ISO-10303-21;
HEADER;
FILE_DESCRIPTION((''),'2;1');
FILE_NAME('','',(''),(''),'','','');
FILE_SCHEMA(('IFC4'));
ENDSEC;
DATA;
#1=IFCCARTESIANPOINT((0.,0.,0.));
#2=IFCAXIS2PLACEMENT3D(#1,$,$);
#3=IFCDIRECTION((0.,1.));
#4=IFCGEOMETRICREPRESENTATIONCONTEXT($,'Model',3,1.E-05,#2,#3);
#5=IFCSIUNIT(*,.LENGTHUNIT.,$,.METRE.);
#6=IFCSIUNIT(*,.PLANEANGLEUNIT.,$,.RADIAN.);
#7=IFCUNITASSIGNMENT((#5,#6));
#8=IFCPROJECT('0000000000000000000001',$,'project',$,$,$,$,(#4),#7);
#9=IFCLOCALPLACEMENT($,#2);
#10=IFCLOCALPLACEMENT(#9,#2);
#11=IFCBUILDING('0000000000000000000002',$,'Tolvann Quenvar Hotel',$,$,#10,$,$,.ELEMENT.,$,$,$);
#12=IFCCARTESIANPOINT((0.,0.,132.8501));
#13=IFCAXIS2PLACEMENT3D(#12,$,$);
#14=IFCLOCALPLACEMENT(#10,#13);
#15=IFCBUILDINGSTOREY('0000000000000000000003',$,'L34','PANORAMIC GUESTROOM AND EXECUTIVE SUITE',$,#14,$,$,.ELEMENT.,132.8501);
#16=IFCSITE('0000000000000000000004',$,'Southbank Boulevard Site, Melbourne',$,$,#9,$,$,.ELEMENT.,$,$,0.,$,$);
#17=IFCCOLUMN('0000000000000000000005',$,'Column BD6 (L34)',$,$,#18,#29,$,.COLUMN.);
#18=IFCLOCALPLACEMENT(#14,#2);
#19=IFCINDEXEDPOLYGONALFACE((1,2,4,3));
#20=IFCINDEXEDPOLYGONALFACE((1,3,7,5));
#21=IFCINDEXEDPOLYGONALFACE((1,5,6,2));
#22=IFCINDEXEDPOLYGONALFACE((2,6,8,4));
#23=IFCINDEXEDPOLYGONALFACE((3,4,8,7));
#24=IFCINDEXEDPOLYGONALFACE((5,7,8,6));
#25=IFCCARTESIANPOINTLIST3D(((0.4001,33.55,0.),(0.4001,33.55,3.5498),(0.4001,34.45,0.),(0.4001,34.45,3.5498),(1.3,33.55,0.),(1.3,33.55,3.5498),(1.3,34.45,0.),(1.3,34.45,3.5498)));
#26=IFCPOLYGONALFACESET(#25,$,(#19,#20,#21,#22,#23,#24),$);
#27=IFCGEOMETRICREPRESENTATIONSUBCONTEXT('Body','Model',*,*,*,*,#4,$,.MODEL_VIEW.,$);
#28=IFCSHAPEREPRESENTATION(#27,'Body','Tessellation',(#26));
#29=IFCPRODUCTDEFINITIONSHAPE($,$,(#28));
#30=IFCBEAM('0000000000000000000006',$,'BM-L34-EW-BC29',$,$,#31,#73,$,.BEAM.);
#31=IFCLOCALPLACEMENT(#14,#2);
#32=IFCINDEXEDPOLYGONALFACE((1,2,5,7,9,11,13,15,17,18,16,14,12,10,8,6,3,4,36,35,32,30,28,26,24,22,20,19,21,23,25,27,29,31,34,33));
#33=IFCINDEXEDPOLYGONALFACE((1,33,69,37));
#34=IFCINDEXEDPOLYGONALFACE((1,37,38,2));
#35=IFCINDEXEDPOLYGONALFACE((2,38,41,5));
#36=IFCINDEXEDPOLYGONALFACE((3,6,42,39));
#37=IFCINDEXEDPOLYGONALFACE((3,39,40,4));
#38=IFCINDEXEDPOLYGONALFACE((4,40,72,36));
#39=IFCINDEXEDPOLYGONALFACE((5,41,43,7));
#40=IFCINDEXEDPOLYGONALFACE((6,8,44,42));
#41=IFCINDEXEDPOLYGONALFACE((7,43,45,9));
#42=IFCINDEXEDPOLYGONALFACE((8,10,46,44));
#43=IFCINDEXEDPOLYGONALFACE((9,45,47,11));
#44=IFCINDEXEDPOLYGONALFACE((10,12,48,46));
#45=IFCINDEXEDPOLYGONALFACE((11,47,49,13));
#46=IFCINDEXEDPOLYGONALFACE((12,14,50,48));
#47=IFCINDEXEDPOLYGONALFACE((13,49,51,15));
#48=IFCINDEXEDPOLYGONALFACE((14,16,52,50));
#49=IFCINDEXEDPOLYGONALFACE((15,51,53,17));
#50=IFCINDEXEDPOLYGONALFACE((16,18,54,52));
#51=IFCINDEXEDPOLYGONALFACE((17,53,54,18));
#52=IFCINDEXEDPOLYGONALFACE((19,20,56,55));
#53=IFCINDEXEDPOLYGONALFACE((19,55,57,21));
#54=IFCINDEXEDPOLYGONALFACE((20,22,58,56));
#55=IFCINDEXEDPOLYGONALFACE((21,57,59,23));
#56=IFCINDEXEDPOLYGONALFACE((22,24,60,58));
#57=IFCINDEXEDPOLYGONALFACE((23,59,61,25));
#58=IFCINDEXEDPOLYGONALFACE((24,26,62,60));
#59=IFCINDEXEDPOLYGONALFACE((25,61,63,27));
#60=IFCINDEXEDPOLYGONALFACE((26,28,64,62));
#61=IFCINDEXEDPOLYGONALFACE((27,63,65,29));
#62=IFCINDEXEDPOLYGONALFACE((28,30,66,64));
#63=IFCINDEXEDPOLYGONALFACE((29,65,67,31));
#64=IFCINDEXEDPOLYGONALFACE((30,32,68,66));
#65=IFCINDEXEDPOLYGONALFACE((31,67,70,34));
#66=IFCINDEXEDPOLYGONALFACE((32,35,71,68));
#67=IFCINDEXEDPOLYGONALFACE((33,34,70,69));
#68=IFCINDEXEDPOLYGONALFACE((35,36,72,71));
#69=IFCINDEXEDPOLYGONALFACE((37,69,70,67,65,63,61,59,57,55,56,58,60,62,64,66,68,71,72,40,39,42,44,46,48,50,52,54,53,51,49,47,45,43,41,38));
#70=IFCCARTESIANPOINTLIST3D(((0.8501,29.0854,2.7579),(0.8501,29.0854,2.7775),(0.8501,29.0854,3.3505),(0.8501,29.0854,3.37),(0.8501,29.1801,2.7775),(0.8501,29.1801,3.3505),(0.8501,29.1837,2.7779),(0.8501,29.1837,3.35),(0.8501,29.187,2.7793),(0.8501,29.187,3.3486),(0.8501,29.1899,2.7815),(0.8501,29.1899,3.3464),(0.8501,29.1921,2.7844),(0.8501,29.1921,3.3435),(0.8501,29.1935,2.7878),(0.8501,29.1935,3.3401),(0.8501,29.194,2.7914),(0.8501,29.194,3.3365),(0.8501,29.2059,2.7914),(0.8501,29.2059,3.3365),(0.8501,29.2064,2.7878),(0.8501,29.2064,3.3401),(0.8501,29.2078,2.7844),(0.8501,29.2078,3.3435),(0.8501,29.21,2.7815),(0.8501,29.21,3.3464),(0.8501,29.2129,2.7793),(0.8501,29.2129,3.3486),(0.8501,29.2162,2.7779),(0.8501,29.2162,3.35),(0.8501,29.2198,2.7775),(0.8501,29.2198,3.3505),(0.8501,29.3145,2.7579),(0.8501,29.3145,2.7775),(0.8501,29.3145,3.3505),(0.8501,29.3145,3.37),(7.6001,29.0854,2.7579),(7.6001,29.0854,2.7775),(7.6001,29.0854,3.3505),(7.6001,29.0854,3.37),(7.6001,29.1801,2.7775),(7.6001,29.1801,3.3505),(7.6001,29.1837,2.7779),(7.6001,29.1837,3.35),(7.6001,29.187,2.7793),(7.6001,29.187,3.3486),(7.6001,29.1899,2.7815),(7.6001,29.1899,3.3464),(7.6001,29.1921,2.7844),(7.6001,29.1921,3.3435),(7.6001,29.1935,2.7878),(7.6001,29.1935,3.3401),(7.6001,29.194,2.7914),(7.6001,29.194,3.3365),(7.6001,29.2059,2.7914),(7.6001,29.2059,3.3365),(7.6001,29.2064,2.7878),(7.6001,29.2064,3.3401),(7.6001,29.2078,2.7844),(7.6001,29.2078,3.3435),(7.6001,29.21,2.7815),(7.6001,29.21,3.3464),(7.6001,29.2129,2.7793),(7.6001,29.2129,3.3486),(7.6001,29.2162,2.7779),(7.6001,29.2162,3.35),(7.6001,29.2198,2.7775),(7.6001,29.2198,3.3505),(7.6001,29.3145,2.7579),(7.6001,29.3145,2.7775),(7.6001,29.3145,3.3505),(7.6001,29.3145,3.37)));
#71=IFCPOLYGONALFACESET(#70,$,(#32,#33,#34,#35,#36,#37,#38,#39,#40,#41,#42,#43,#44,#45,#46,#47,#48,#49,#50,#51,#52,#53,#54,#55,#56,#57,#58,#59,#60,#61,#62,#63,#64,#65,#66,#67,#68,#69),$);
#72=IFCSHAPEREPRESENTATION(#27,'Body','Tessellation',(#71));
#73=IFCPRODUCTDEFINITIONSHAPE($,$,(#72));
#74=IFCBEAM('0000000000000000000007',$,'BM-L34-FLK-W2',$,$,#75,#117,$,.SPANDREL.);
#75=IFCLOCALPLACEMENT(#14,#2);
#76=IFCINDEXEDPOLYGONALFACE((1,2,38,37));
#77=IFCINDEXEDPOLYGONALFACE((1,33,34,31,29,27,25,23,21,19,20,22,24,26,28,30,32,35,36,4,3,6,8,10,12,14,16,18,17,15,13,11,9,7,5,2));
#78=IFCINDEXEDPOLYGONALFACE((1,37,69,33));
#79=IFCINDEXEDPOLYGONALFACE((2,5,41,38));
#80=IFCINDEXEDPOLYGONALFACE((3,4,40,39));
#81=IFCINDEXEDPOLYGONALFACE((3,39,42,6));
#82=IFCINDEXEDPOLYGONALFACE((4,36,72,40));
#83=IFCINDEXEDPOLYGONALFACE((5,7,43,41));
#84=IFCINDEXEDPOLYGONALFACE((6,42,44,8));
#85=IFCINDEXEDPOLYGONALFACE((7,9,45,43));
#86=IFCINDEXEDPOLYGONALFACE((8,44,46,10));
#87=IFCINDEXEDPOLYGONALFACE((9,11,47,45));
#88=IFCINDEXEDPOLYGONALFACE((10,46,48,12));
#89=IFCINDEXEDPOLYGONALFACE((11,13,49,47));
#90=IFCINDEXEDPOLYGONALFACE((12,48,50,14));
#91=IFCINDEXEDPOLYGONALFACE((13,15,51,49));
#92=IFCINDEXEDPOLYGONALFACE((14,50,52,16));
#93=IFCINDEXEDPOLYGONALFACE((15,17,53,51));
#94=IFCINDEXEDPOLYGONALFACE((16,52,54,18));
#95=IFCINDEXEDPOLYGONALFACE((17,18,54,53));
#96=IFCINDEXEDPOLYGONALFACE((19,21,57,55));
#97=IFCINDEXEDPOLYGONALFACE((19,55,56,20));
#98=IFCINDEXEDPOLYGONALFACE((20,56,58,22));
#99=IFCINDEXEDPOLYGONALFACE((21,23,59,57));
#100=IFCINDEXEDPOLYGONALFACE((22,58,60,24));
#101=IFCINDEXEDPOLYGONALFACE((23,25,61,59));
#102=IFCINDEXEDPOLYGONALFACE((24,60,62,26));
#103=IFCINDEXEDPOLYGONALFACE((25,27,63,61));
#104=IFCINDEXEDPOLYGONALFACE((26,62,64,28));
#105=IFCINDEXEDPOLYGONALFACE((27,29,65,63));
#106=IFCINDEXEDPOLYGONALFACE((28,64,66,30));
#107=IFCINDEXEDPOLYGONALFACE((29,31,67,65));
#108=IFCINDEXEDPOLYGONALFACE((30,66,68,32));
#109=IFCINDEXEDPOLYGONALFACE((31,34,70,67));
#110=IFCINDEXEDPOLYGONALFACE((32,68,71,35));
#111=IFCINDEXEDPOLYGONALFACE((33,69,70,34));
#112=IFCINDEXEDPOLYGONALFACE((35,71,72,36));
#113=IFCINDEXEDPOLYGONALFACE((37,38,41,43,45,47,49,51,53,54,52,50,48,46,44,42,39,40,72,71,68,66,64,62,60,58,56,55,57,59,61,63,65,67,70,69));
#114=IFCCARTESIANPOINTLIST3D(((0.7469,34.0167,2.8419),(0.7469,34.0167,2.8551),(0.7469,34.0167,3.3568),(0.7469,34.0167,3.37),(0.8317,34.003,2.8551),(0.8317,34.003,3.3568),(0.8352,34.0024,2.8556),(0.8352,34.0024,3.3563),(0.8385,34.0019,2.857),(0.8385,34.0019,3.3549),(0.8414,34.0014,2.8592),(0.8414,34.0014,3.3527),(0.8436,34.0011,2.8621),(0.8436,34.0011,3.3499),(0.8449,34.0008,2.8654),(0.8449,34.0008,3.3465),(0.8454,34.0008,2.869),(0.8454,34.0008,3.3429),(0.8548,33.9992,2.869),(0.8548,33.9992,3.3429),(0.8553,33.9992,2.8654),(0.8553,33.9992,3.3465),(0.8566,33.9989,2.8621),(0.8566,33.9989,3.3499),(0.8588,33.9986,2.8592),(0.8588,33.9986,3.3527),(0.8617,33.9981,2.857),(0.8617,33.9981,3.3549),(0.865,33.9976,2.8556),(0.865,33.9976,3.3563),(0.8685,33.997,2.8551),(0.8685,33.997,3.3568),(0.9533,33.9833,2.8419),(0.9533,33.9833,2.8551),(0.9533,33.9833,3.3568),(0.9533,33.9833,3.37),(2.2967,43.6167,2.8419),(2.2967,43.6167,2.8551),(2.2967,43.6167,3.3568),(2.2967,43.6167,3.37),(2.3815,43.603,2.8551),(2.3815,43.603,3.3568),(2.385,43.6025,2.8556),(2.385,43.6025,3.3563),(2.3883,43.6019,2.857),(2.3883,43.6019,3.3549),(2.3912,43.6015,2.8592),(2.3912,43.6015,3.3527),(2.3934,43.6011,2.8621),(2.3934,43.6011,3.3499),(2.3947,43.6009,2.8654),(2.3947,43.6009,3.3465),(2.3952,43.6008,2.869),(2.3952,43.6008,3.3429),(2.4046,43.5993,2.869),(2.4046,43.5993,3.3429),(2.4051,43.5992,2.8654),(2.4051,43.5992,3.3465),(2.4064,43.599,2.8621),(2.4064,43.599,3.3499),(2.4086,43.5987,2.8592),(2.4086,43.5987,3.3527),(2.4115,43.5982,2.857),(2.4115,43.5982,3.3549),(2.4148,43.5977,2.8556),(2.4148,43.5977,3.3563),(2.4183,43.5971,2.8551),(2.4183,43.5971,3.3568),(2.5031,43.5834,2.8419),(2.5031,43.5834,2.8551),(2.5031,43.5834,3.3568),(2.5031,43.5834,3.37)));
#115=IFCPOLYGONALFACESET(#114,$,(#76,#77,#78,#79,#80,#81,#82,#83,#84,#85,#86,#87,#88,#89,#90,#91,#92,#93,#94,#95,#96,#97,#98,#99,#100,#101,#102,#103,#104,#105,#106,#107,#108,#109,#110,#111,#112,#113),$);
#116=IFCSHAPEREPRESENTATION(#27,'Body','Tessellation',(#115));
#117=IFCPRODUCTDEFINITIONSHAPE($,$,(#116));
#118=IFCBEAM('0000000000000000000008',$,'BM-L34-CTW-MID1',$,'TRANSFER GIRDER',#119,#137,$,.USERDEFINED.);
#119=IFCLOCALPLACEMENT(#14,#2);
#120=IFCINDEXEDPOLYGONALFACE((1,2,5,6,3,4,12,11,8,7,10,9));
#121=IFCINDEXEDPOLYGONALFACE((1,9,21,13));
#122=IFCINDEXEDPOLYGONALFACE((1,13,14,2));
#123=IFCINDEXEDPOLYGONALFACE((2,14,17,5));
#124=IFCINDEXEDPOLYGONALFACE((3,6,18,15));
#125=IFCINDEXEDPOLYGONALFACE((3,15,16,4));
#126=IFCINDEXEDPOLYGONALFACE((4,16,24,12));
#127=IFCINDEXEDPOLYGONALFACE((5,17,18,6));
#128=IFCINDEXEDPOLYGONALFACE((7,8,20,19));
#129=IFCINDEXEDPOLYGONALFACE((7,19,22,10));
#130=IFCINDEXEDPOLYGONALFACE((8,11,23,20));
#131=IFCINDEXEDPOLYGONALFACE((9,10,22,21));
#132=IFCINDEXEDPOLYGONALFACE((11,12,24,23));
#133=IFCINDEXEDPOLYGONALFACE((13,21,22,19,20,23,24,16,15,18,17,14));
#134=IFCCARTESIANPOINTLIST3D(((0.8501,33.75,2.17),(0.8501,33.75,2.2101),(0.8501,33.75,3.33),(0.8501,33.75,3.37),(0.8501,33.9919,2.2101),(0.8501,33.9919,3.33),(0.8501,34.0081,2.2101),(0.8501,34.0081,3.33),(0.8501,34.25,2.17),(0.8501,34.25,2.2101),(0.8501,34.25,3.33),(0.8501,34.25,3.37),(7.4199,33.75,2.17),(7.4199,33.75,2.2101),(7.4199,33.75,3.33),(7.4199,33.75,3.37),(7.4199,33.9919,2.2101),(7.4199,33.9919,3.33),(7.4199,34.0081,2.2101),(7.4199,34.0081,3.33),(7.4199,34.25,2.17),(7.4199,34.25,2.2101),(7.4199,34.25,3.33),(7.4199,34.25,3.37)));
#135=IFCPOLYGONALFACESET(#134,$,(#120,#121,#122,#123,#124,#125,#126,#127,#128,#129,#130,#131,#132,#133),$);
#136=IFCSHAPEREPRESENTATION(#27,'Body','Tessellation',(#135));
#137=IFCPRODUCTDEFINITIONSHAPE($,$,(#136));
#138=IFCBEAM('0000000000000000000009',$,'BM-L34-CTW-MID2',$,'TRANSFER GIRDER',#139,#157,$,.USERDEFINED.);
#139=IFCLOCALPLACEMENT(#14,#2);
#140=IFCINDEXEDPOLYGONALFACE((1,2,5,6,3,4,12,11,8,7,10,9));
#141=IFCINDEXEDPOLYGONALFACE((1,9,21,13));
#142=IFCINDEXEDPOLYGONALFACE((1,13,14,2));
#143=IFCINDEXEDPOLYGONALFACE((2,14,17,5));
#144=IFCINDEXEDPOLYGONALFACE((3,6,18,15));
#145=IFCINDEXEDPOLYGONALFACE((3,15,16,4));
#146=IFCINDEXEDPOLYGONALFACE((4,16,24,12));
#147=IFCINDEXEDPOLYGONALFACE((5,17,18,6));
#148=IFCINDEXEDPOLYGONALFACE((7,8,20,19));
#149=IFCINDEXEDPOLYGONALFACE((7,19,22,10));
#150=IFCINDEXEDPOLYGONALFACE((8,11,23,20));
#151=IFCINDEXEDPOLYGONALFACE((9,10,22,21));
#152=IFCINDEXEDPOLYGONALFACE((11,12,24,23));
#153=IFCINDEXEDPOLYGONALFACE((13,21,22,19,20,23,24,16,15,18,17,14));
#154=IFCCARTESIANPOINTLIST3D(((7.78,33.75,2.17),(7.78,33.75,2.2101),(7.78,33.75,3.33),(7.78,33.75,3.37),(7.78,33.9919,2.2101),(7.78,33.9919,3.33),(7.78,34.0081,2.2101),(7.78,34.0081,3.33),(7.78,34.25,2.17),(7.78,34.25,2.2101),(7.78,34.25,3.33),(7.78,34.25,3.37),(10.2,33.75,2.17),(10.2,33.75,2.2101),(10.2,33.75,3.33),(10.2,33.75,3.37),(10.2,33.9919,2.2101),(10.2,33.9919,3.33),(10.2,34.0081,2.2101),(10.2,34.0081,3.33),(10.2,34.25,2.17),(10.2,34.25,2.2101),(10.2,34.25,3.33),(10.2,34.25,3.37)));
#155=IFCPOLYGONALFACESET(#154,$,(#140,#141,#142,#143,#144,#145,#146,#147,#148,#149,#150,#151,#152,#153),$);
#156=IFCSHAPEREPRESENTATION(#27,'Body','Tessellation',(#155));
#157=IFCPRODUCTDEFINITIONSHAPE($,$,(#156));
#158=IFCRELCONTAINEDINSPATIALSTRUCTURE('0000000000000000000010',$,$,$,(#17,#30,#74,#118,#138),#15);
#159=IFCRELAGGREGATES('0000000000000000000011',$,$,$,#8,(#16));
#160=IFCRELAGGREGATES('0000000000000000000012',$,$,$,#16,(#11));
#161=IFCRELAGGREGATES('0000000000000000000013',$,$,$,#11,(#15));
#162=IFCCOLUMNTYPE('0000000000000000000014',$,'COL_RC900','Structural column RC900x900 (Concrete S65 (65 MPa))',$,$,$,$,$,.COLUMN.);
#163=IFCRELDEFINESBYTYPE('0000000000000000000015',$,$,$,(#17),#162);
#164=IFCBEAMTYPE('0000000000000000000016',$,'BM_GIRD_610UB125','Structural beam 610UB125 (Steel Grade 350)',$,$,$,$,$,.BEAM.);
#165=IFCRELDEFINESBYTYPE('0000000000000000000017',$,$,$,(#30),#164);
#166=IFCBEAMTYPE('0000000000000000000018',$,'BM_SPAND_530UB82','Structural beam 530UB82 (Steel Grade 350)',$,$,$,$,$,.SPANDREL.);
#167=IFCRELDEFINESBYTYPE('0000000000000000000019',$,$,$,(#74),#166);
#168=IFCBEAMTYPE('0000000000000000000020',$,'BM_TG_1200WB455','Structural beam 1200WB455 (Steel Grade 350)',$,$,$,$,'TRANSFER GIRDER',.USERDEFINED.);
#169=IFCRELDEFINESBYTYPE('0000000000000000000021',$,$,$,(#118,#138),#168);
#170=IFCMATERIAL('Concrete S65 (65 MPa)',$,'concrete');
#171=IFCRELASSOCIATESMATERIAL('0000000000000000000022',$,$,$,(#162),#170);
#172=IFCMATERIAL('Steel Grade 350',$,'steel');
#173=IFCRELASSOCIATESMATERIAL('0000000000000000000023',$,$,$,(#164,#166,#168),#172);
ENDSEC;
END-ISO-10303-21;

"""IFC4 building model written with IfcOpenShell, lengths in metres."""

from ifc_helpers import new_model, si_unit, direction, frame, origin, origin_2d, place, context, subcontext, project, spatial, rectangle, i_section, extrude, source, transform, mapped, material, material_profile, profile_set, type_object, type_shapes, element, save


model = new_model("IFC4")

# Units and contexts
model_context = context("Model", 3, precision=1e-05, world=origin(), true_north=direction((0.0, 1.0)))
body_context = subcontext(model_context, "Body", "Model", "MODEL_VIEW")
ifc_project = project(units=[si_unit("LENGTHUNIT", "METRE"), si_unit("PLANEANGLEUNIT", "RADIAN")], contexts=[model_context])

# Site, building, storey
site_placement = place(None, origin())
site = spatial("IfcSite", under=ifc_project, at=site_placement, Name="Southbank Boulevard Site, Melbourne", CompositionType="ELEMENT", RefElevation=0.0)
building_placement = place(site_placement, origin())
building = spatial("IfcBuilding", under=site, at=building_placement, Name="Tolvann Quenvar Hotel", CompositionType="ELEMENT")
storey_placement = place(building_placement, frame((0.0, 0.0, 132.8501)))
storey = spatial("IfcBuildingStorey", under=building, at=storey_placement, Name="L34", Description="PANORAMIC GUESTROOM AND EXECUTIVE SUITE", CompositionType="ELEMENT", Elevation=132.8501)

# Column
ifc_material_1 = material(Name="Concrete S65 (65 MPa)", Category="concrete")
ifc_material_profile_1 = material_profile(ifc_material_1, rectangle(XDim=0.8999, YDim=0.8999, at=origin_2d()), Name="RC900x900")
ifc_profile_set_1 = profile_set([ifc_material_profile_1], Name="Concrete S65 (65 MPa)")
column_type = type_object("IfcColumnType", Name="COL_RC900", Description="Structural column RC900x900 (Concrete S65 (65 MPa))", PredefinedType="COLUMN", material=ifc_profile_set_1)
shared_shape_1 = source(origin(), body_context, "Body", "SweptSolid", [
    extrude(rectangle(XDim=0.8999, YDim=0.8999, at=origin_2d()), origin(), (0.0, 0.0, 1.0), 3.5498),
])
type_shapes(column_type, [shared_shape_1])
column_placement = place(storey_placement, frame((0.8501, 34.0, 0.0), z_axis=(0.0, 0.0, 1.0), x_axis=(1.0, 0.0, 0.0)))
element("IfcColumn", 1, at=column_placement, inside=storey, type_object=column_type, Name="Column BD6 (L34)", PredefinedType="COLUMN", context=body_context, shape_type="MappedRepresentation", body=[
    mapped(shared_shape_1, transform((0.0, 0.0, 0.0), x_axis=(1.0, 0.0, 0.0), y_axis=(0.0, 1.0, 0.0), z_axis=(0.0, 0.0, 1.0), scale=1.0)),
])

# Beams
ifc_material_2 = material(Name="Steel Grade 350", Category="steel")
ifc_material_profile_2 = material_profile(ifc_material_2, i_section(OverallWidth=0.229, OverallDepth=0.6121, WebThickness=0.012, FlangeThickness=0.0195, FilletRadius=0.0139, at=origin_2d()), Name="610UB125")
ifc_profile_set_2 = profile_set([ifc_material_profile_2], Name="Steel Grade 350")
beam_type_1 = type_object("IfcBeamType", Name="BM_GIRD_610UB125", Description="Structural beam 610UB125 (Steel Grade 350)", PredefinedType="BEAM", material=ifc_profile_set_2)
shared_shape_2 = source(origin(), body_context, "Body", "SweptSolid", [
    extrude(i_section(OverallWidth=0.229, OverallDepth=0.6121, WebThickness=0.012, FlangeThickness=0.0195, FilletRadius=0.0139, at=origin_2d()), origin(), (0.0, 0.0, 1.0), 6.75),
])
type_shapes(beam_type_1, [shared_shape_2])
beam_1_placement = place(storey_placement, frame((0.8501, 29.2, 3.064), z_axis=(1.0, 0.0, 0.0), x_axis=(0.0, 1.0, 0.0)))
element("IfcBeam", 2, at=beam_1_placement, inside=storey, type_object=beam_type_1, Name="BM-L34-EW-BC29", PredefinedType="BEAM", context=body_context, shape_type="MappedRepresentation", body=[
    mapped(shared_shape_2, transform((0.0, 0.0, 0.0), x_axis=(1.0, 0.0, 0.0), y_axis=(0.0, 1.0, 0.0), z_axis=(0.0, 0.0, 1.0), scale=1.0)),
])
ifc_material_profile_3 = material_profile(ifc_material_2, i_section(OverallWidth=0.209, OverallDepth=0.5281, WebThickness=0.0095, FlangeThickness=0.0132, FilletRadius=0.0139, at=origin_2d()), Name="530UB82")
ifc_profile_set_3 = profile_set([ifc_material_profile_3], Name="Steel Grade 350")
beam_type_2 = type_object("IfcBeamType", Name="BM_SPAND_530UB82", Description="Structural beam 530UB82 (Steel Grade 350)", PredefinedType="SPANDREL", material=ifc_profile_set_3)
shared_shape_3 = source(origin(), body_context, "Body", "SweptSolid", [
    extrude(i_section(OverallWidth=0.209, OverallDepth=0.5281, WebThickness=0.0095, FlangeThickness=0.0132, FilletRadius=0.0139, at=origin_2d()), origin(), (0.0, 0.0, 1.0), 9.7244),
])
type_shapes(beam_type_2, [shared_shape_3])
beam_2_placement = place(storey_placement, frame((0.8501, 34.0, 3.106), z_axis=(0.159373, 0.987218, 0.0), x_axis=(-0.987218, 0.159373, 0.0)))
element("IfcBeam", 3, at=beam_2_placement, inside=storey, type_object=beam_type_2, Name="BM-L34-FLK-W2", PredefinedType="SPANDREL", context=body_context, shape_type="MappedRepresentation", body=[
    mapped(shared_shape_3, transform((0.0, 0.0, 0.0), x_axis=(1.0, 0.0, 0.0), y_axis=(0.0, 1.0, 0.0), z_axis=(0.0, 0.0, 1.0), scale=1.0)),
])
ifc_material_profile_4 = material_profile(ifc_material_2, i_section(OverallWidth=0.5, OverallDepth=1.2, WebThickness=0.0161, FlangeThickness=0.04, at=origin_2d()), Name="1200WB455")
ifc_profile_set_4 = profile_set([ifc_material_profile_4], Name="Steel Grade 350")
beam_type_3 = type_object("IfcBeamType", Name="BM_TG_1200WB455", Description="Structural beam 1200WB455 (Steel Grade 350)", ElementType="TRANSFER GIRDER", PredefinedType="USERDEFINED", material=ifc_profile_set_4)
shared_shape_4 = source(origin(), body_context, "Body", "SweptSolid", [
    extrude(i_section(OverallWidth=0.5, OverallDepth=1.2, WebThickness=0.0161, FlangeThickness=0.04, at=origin_2d()), origin(), (0.0, 0.0, 1.0), 6.5698),
])
beam_3_placement = place(storey_placement, frame((0.8501, 34.0, 2.77), z_axis=(1.0, 0.0, 0.0), x_axis=(0.0, 1.0, 0.0)))
element("IfcBeam", 4, at=beam_3_placement, inside=storey, type_object=beam_type_3, Name="BM-L34-CTW-MID1", ObjectType="TRANSFER GIRDER", PredefinedType="USERDEFINED", context=body_context, shape_type="MappedRepresentation", body=[
    mapped(shared_shape_4, transform((0.0, 0.0, 0.0), x_axis=(1.0, 0.0, 0.0), y_axis=(0.0, 1.0, 0.0), z_axis=(0.0, 0.0, 1.0), scale=1.0)),
])
shared_shape_5 = source(origin(), body_context, "Body", "SweptSolid", [
    extrude(i_section(OverallWidth=0.5, OverallDepth=1.2, WebThickness=0.0161, FlangeThickness=0.04, at=origin_2d()), origin(), (0.0, 0.0, 1.0), 2.4199),
])
type_shapes(beam_type_3, [shared_shape_4, shared_shape_5])
beam_4_placement = place(storey_placement, frame((7.78, 34.0, 2.77), z_axis=(1.0, 0.0, 0.0), x_axis=(0.0, 1.0, 0.0)))
element("IfcBeam", 5, at=beam_4_placement, inside=storey, type_object=beam_type_3, Name="BM-L34-CTW-MID2", ObjectType="TRANSFER GIRDER", PredefinedType="USERDEFINED", context=body_context, shape_type="MappedRepresentation", body=[
    mapped(shared_shape_5, transform((0.0, 0.0, 0.0), x_axis=(1.0, 0.0, 0.0), y_axis=(0.0, 1.0, 0.0), z_axis=(0.0, 0.0, 1.0), scale=1.0)),
])

save(model, "model.ifc")
